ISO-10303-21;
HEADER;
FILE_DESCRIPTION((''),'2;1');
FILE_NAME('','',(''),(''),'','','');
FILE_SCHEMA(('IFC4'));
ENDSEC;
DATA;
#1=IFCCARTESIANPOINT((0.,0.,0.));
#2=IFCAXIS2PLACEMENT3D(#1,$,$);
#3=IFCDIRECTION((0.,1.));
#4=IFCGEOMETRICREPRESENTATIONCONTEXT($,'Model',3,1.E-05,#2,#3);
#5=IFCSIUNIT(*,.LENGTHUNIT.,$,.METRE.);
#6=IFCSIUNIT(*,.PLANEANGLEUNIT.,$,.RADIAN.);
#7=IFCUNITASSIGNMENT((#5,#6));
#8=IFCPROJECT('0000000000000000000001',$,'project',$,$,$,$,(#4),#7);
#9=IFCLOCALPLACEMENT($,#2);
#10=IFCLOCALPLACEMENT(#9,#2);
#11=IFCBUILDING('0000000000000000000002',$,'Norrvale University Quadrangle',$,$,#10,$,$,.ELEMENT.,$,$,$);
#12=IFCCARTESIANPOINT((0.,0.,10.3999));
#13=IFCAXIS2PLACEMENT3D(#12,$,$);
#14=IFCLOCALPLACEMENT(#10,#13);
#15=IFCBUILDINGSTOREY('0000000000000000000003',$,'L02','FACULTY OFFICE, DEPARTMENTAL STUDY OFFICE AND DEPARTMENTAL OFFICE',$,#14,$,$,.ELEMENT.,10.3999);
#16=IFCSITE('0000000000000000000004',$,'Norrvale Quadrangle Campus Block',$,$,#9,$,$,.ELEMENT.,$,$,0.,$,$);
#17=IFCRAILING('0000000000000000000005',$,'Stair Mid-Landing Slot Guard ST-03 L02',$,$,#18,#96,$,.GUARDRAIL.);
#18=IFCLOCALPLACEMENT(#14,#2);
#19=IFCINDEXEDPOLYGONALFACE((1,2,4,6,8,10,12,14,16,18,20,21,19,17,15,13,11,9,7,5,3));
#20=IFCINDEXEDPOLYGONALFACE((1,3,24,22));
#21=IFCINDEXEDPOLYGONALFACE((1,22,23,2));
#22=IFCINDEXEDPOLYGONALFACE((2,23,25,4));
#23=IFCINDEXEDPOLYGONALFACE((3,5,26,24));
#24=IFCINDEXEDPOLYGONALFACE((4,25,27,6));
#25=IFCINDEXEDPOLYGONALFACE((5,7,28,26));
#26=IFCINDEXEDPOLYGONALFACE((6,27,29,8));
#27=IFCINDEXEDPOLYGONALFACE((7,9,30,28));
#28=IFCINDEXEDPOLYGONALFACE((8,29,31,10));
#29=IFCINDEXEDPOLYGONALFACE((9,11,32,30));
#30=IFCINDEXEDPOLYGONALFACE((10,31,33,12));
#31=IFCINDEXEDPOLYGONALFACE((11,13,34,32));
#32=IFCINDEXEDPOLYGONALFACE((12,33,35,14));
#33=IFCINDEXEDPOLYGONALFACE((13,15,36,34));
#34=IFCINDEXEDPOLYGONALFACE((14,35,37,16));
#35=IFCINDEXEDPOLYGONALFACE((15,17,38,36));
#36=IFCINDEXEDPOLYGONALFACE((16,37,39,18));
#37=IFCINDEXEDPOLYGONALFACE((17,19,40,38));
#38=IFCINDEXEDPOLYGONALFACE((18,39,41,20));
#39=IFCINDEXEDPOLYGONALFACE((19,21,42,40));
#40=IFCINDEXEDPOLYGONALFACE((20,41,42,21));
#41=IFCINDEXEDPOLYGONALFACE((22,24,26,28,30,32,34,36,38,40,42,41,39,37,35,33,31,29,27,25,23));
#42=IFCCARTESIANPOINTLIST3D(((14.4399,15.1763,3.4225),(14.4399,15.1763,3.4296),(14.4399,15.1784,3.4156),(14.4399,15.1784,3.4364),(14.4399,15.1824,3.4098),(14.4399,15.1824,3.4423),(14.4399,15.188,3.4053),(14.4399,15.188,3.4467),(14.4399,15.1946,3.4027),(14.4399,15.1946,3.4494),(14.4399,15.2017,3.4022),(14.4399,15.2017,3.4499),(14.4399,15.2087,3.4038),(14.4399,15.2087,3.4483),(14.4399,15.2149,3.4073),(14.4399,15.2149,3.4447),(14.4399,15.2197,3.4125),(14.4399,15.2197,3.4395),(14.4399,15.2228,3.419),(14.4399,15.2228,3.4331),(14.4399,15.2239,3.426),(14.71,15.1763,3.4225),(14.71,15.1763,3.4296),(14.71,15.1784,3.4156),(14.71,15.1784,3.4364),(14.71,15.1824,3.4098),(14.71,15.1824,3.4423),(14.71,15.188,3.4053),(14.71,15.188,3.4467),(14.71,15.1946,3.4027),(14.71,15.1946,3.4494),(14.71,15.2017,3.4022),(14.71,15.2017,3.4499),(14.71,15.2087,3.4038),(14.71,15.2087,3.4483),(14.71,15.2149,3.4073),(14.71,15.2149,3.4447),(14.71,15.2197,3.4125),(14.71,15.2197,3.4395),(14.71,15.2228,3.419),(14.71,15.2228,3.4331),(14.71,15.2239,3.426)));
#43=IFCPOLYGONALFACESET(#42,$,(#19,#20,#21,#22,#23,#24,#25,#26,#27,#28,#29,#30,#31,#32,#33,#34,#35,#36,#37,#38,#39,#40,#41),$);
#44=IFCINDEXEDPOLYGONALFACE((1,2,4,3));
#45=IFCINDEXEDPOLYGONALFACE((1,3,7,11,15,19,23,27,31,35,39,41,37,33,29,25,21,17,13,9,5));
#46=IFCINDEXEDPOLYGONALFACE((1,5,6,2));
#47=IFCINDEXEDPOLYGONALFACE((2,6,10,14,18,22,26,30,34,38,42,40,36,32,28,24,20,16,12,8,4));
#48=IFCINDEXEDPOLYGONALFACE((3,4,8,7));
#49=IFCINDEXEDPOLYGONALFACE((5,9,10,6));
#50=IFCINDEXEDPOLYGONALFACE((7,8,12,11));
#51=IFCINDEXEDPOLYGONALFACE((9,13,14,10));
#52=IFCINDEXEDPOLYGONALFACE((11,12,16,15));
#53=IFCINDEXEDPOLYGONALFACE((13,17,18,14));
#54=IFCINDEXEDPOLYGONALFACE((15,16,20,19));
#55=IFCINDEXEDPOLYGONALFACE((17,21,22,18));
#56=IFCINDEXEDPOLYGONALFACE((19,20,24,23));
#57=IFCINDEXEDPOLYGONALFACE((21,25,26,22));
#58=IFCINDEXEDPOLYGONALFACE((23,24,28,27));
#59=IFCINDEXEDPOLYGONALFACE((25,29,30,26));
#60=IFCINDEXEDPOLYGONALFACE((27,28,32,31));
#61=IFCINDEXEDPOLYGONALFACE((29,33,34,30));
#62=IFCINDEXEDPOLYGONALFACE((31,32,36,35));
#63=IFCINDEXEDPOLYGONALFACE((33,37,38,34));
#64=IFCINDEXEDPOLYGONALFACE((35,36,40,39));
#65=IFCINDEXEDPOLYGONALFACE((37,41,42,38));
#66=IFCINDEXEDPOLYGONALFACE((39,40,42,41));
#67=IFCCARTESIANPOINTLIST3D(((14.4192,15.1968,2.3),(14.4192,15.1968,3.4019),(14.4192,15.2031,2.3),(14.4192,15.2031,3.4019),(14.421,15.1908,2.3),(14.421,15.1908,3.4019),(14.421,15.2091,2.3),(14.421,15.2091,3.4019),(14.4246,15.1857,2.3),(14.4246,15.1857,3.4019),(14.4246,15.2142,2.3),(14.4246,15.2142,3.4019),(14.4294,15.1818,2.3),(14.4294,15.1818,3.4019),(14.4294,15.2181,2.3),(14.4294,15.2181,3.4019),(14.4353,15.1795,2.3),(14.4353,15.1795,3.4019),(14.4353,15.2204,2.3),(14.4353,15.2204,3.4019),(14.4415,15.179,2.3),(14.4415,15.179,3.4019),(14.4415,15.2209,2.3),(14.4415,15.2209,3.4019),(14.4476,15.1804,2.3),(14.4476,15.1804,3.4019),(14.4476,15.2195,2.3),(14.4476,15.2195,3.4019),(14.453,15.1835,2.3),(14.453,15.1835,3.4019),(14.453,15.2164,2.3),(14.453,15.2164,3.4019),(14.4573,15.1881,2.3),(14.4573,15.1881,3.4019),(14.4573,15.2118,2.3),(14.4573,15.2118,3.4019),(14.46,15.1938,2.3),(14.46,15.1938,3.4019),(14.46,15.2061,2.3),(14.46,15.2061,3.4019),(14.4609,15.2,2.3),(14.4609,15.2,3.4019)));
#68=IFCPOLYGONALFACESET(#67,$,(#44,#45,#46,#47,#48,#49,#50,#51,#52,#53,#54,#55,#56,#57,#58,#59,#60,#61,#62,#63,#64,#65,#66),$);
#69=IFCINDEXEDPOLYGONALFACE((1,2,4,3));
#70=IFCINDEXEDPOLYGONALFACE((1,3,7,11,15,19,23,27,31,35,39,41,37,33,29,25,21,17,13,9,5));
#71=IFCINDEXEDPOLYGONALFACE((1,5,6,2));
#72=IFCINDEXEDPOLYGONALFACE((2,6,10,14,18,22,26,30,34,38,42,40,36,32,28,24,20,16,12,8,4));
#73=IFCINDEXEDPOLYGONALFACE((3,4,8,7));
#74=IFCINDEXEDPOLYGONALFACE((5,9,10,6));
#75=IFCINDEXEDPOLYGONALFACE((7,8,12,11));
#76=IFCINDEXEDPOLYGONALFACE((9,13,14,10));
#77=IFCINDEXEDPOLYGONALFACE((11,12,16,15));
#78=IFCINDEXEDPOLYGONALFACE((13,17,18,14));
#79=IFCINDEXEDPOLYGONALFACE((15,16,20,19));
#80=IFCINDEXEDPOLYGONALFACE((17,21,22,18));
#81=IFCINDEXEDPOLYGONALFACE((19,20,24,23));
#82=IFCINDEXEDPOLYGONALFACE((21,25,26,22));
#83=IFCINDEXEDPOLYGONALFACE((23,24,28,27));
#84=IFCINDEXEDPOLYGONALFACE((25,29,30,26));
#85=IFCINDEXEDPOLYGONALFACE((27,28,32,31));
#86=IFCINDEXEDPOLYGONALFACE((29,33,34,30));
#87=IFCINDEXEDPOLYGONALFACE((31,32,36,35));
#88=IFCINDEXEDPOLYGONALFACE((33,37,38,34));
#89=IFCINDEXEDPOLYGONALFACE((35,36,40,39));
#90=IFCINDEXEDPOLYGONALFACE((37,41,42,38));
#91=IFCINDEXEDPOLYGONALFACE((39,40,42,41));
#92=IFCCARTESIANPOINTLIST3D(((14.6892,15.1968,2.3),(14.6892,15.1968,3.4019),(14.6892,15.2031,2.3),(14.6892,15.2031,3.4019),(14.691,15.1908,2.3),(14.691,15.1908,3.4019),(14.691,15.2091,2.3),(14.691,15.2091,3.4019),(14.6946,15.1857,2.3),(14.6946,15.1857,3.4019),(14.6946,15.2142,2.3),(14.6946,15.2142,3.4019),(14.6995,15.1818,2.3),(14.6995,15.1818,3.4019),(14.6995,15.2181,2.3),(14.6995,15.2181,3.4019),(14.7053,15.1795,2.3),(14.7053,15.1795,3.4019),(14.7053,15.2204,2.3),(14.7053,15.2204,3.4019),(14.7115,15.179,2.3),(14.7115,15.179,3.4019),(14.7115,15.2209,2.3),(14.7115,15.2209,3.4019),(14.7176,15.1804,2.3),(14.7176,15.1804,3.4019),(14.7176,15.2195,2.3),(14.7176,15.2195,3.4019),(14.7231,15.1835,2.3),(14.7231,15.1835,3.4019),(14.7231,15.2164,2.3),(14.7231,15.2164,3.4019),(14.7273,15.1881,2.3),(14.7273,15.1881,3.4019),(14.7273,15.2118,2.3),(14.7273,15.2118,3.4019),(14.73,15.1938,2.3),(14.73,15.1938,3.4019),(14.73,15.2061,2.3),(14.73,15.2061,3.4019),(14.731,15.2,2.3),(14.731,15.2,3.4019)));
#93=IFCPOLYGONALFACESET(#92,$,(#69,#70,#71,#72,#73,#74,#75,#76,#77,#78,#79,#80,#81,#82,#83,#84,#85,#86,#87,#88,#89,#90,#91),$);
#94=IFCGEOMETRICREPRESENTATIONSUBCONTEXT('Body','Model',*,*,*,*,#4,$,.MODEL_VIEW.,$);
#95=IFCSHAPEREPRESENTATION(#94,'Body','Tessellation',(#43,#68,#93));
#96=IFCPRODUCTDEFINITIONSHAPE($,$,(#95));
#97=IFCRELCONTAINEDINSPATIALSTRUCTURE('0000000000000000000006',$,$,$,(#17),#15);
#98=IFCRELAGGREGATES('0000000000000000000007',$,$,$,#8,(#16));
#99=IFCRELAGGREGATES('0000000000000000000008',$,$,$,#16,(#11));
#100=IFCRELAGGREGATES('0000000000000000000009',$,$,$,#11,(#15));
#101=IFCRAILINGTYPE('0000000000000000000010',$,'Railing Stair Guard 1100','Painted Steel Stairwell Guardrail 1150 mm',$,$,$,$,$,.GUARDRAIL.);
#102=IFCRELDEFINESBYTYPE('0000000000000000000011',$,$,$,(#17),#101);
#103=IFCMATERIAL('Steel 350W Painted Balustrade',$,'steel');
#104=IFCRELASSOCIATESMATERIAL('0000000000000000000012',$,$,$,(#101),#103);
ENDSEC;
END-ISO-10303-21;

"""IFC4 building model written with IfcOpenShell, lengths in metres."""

from ifc_helpers import new_model, si_unit, direction, frame, origin, origin_2d, place, context, subcontext, project, spatial, circle, extrude, material, type_object, element, save


model = new_model("IFC4")

# Units and contexts
model_context = context("Model", 3, precision=1e-05, world=origin(), true_north=direction((0.0, 1.0)))
body_context = subcontext(model_context, "Body", "Model", "MODEL_VIEW")
ifc_project = project(units=[si_unit("LENGTHUNIT", "METRE"), si_unit("PLANEANGLEUNIT", "RADIAN")], contexts=[model_context])

# Site, building, storey
site_placement = place(None, origin())
site = spatial("IfcSite", under=ifc_project, at=site_placement, Name="Norrvale Quadrangle Campus Block", CompositionType="ELEMENT", RefElevation=0.0)
building_placement = place(site_placement, origin())
building = spatial("IfcBuilding", under=site, at=building_placement, Name="Norrvale University Quadrangle", CompositionType="ELEMENT")
storey_placement = place(building_placement, frame((0.0, 0.0, 10.3999)))
storey = spatial("IfcBuildingStorey", under=building, at=storey_placement, Name="L02", Description="FACULTY OFFICE, DEPARTMENTAL STUDY OFFICE AND DEPARTMENTAL OFFICE", CompositionType="ELEMENT", Elevation=10.3999)

# Railing
ifc_material_1 = material(Name="Steel 350W Painted Balustrade", Category="steel")
railing_type = type_object("IfcRailingType", Name="Railing Stair Guard 1100", Description="Painted Steel Stairwell Guardrail 1150 mm", PredefinedType="GUARDRAIL", material=ifc_material_1)
railing_1_placement = place(storey_placement, frame((14.4399, 15.2, 2.3)))
element("IfcRailing", 1, at=railing_1_placement, inside=storey, type_object=railing_type, Name="Stair Mid-Landing Slot Guard ST-03 L02", PredefinedType="GUARDRAIL", context=body_context, shape_type="SweptSolid", body=[
    extrude(circle(Radius=0.0239, at=origin_2d()), frame((0.0, 0.0, 1.126), z_axis=(1.0, 0.0, 0.0), x_axis=(0.0, 1.0, 0.0)), (0.0, 0.0, 1.0), 0.27),
    extrude(circle(Radius=0.021, at=origin_2d()), origin(), (0.0, 0.0, 1.0), 1.1018),
    extrude(circle(Radius=0.021, at=origin_2d()), frame((0.27, 0.0, 0.0)), (0.0, 0.0, 1.0), 1.1018),
])

save(model, "model.ifc")
